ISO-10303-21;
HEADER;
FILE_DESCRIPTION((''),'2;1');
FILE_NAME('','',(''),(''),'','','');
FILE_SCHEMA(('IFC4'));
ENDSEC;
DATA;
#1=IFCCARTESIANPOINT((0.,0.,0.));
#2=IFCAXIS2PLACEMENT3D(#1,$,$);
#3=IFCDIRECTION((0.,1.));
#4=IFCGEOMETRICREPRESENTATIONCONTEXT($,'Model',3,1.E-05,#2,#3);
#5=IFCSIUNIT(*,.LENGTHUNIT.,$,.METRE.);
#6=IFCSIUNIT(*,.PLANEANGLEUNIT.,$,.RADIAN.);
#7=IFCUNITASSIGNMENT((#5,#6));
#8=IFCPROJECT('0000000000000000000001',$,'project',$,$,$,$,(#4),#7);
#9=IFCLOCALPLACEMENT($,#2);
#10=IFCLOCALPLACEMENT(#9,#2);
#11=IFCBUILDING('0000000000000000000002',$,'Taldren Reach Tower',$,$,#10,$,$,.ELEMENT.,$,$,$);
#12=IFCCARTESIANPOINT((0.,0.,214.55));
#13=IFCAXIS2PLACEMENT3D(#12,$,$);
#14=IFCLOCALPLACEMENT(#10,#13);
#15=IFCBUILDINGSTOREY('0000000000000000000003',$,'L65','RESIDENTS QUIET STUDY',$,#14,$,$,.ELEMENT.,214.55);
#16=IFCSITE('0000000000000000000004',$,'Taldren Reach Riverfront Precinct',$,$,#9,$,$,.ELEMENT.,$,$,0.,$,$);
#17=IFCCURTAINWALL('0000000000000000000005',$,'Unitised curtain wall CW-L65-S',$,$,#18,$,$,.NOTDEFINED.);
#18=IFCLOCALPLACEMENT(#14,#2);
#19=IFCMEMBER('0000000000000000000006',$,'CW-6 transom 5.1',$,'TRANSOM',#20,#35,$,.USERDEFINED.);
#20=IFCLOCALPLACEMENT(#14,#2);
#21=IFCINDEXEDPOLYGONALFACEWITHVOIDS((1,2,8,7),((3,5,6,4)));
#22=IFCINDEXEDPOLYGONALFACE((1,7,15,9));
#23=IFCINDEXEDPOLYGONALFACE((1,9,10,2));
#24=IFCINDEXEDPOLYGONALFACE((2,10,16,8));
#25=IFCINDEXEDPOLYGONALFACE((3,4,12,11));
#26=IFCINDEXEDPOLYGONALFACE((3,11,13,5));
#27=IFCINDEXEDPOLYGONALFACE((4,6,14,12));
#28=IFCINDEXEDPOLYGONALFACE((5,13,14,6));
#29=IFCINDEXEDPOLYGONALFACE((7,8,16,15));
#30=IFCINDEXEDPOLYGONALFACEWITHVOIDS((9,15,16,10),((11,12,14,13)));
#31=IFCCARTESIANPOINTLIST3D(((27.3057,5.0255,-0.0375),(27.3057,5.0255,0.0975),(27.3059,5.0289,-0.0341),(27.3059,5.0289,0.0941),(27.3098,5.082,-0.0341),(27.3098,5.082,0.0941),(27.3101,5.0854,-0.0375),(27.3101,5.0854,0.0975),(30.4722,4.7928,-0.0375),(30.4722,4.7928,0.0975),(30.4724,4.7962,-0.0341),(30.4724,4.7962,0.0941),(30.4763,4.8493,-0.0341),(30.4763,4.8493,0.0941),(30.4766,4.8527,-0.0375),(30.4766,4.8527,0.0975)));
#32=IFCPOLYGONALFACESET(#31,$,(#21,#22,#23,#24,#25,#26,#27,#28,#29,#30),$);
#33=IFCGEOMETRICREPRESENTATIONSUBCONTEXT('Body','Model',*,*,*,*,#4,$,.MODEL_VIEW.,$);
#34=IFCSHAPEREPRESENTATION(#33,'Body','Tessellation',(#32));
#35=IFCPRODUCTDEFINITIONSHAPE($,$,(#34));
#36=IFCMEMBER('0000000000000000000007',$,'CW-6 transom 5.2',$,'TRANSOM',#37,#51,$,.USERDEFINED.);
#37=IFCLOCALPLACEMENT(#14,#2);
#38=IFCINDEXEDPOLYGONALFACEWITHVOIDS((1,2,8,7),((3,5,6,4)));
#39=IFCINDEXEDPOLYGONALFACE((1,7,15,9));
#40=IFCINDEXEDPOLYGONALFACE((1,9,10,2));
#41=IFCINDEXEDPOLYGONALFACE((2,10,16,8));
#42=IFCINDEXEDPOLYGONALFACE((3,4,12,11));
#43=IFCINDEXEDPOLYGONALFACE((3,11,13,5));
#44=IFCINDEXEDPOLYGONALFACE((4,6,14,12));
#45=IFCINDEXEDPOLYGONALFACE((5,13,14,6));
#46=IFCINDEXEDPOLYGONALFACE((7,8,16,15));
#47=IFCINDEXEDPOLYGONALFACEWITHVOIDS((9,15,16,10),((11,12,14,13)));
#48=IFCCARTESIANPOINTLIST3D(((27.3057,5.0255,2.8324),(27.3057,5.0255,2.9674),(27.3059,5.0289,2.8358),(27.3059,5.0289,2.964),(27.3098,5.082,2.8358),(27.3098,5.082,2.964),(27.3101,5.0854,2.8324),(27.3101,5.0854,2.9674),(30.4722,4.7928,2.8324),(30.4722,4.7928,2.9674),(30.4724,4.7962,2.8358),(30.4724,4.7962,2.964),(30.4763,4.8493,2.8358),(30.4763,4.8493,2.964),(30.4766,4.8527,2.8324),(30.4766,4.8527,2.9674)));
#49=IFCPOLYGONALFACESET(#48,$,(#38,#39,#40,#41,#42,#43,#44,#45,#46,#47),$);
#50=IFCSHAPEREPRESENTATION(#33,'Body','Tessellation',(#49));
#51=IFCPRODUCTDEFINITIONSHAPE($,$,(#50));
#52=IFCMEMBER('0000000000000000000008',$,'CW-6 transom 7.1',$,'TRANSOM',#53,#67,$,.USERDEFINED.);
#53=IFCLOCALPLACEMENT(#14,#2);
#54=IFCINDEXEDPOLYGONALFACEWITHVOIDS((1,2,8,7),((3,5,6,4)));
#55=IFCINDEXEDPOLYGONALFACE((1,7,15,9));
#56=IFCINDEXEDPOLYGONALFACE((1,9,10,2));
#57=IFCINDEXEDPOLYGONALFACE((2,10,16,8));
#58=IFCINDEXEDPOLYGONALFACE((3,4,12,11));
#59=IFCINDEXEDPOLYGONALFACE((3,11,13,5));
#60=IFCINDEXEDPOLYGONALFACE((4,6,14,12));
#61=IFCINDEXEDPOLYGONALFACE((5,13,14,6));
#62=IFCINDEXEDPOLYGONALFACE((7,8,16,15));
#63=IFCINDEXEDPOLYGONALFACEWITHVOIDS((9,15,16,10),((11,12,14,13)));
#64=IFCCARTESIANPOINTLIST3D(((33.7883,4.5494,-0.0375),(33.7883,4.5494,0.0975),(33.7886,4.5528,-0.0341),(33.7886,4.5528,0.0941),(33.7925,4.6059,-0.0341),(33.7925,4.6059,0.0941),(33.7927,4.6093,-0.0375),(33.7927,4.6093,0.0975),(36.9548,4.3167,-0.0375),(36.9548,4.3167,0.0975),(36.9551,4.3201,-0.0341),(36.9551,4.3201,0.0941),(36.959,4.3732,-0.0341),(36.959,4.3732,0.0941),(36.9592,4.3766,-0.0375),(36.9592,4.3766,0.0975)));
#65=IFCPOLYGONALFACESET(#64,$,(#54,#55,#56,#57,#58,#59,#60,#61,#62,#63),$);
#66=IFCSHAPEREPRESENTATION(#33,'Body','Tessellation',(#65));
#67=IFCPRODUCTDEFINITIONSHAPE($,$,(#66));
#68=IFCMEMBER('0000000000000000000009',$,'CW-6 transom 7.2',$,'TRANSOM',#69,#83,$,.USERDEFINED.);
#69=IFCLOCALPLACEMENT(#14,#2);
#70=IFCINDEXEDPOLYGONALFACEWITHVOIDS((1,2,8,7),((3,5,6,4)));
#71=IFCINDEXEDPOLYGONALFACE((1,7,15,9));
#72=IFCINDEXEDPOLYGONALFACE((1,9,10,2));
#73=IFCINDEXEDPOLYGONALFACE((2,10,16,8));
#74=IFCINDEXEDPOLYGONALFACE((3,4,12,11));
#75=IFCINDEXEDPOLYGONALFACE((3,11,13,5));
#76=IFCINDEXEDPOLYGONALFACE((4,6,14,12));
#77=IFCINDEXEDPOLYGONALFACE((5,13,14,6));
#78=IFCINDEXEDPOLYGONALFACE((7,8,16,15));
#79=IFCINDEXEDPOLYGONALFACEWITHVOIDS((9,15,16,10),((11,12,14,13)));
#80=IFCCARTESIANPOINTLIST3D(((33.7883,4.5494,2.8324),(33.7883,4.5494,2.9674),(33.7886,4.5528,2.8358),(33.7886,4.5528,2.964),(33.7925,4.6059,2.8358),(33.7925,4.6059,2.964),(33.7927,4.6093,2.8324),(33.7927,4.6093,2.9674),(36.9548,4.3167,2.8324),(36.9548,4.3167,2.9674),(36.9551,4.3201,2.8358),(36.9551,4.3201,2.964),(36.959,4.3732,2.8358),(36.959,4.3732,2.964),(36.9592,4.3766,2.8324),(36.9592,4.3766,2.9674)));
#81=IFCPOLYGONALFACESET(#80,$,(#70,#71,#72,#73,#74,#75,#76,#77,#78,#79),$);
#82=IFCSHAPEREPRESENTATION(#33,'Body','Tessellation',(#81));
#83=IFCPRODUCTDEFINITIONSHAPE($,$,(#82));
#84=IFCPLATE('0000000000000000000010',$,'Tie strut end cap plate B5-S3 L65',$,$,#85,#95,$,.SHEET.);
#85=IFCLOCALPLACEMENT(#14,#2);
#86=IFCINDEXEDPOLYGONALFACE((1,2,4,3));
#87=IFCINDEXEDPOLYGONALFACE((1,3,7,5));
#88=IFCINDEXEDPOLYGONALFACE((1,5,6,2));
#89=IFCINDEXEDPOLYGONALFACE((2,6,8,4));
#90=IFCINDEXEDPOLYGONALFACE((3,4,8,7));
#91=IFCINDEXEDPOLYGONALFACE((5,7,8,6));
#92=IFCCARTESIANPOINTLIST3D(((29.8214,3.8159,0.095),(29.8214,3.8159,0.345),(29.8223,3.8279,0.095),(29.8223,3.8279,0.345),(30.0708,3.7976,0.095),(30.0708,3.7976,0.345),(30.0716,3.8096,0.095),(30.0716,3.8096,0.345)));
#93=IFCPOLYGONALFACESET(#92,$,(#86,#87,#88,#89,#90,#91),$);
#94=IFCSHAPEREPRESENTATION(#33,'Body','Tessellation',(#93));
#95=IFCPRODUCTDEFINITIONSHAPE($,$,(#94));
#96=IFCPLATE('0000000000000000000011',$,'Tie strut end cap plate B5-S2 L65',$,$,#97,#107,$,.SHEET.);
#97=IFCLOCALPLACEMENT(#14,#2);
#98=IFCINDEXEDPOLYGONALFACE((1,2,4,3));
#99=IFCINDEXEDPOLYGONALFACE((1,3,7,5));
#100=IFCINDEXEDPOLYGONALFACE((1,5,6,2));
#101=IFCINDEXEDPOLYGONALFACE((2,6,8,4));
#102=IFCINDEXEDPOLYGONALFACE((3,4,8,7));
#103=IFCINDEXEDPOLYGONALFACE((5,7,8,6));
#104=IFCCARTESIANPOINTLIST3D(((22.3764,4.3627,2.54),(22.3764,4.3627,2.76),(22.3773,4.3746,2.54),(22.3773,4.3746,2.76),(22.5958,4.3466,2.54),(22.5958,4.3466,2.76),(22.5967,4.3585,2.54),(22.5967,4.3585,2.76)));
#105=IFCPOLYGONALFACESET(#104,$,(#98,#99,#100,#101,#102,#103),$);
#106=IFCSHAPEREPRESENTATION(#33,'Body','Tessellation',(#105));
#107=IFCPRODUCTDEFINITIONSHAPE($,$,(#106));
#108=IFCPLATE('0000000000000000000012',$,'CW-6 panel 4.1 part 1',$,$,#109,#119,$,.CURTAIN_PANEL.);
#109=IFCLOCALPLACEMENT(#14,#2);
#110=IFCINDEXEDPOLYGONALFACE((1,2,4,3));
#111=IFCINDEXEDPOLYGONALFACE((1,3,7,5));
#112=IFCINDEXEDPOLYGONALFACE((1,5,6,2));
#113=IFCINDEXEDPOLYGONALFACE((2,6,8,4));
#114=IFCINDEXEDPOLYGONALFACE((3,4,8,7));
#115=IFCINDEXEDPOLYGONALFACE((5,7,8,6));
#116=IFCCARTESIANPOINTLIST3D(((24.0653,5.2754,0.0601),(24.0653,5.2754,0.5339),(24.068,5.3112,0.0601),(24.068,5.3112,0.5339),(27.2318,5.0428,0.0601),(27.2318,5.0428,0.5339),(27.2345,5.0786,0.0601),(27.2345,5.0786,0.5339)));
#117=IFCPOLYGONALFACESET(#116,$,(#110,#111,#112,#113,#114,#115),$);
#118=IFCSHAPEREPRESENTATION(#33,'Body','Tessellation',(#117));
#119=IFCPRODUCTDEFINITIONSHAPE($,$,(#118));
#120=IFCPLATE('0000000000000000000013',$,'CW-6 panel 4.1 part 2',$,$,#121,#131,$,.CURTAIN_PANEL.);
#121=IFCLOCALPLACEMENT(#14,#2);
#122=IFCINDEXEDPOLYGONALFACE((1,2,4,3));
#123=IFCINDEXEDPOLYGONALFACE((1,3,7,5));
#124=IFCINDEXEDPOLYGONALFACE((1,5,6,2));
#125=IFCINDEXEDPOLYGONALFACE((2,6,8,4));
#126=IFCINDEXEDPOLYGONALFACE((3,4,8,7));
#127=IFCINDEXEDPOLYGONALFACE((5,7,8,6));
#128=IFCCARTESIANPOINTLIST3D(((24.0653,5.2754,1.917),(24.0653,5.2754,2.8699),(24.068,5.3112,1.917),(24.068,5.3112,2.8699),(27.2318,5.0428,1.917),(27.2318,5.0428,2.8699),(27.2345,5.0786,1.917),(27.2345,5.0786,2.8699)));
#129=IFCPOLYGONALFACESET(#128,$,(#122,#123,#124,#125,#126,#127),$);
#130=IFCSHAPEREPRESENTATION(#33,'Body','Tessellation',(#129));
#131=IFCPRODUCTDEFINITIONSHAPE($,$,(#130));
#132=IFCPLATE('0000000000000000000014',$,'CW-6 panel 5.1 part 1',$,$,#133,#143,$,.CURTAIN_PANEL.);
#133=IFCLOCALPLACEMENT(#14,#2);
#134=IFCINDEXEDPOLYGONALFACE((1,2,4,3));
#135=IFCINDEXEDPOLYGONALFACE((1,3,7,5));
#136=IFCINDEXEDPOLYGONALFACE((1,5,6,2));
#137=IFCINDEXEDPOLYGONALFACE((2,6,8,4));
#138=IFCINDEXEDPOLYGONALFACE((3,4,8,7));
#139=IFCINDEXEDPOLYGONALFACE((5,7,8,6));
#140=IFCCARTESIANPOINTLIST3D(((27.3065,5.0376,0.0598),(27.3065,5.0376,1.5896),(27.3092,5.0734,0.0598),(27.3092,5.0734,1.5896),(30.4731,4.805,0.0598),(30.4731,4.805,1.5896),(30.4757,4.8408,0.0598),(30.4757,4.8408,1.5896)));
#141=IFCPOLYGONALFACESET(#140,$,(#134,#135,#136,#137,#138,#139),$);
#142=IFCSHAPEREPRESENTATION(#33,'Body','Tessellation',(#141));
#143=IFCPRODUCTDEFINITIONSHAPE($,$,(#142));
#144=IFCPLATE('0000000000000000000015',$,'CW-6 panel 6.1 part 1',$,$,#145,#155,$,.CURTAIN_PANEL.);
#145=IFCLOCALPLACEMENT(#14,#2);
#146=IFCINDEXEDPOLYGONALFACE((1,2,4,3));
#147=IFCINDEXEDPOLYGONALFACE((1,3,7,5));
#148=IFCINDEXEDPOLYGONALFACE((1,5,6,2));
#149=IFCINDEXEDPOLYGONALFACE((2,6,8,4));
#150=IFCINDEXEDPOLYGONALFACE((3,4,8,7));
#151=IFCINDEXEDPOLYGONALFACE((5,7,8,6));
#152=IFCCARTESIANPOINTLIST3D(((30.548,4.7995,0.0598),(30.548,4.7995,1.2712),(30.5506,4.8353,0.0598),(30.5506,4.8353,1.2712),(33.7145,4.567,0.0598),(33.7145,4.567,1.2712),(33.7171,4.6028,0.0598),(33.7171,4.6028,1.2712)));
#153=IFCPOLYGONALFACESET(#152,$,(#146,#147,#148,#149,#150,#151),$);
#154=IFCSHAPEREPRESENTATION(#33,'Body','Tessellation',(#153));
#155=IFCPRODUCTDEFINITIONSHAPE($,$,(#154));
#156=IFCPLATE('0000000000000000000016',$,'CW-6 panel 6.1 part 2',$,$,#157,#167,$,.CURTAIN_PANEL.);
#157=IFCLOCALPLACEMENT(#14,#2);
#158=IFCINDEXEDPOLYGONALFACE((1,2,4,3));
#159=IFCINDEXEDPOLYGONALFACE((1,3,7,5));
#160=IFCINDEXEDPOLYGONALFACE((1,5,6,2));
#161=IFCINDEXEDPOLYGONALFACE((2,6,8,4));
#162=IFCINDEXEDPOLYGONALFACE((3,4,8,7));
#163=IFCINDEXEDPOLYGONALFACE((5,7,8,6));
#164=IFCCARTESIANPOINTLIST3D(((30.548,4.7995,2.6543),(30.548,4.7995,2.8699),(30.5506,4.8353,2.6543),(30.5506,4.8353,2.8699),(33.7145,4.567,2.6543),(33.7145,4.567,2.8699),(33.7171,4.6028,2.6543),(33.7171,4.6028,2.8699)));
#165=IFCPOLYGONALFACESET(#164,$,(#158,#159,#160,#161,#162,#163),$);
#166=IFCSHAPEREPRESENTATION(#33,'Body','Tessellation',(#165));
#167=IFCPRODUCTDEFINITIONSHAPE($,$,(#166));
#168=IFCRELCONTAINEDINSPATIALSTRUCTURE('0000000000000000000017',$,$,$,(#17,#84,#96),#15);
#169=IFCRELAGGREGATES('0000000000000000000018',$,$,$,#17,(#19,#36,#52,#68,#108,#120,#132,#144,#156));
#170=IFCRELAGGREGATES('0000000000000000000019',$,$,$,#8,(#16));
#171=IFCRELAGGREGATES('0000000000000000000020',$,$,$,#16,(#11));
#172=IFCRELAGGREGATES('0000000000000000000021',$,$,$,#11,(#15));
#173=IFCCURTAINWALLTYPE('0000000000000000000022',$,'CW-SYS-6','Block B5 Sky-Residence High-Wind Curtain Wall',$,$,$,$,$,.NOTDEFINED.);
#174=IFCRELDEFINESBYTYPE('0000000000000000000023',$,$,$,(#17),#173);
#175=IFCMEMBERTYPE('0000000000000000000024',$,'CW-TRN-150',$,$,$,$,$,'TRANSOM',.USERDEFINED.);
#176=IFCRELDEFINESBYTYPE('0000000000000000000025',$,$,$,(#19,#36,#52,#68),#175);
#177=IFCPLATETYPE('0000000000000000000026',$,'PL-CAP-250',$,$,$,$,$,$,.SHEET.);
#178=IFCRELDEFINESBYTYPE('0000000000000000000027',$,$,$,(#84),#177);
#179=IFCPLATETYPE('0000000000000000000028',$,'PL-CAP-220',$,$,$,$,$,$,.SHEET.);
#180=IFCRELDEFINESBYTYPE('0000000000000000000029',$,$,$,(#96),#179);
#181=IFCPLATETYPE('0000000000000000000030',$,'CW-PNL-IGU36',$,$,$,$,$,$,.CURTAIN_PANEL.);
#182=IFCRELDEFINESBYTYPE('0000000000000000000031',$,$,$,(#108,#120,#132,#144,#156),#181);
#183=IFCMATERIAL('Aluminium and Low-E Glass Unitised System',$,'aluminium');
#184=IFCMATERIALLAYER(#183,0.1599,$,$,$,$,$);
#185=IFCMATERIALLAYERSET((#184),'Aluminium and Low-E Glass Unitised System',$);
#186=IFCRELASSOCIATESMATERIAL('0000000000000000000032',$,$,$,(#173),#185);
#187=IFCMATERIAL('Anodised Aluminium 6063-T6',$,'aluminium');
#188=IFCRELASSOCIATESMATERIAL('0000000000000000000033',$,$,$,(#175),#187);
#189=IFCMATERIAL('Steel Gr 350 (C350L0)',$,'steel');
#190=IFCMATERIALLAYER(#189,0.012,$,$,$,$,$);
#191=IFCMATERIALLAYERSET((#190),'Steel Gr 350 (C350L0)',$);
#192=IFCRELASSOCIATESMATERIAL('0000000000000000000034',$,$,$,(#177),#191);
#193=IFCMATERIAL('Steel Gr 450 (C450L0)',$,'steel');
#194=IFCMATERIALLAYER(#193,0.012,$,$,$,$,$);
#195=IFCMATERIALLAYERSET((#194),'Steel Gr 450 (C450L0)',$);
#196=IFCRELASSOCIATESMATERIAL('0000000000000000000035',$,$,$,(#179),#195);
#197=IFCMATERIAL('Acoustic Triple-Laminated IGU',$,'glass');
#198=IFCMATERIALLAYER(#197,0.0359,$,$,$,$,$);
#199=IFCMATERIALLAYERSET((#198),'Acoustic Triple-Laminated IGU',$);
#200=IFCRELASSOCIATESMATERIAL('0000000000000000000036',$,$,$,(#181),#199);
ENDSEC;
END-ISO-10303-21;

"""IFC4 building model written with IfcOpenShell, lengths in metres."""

from ifc_helpers import new_model, si_unit, direction, frame, origin, origin_2d, place, context, subcontext, project, spatial, rectangle, hollow_rectangle, extrude, source, transform, mapped, material, layer, layer_set, material_profile, profile_set, type_object, element, aggregate, save


model = new_model("IFC4")

# Units and contexts
model_context = context("Model", 3, precision=1e-05, world=origin(), true_north=direction((0.0, 1.0)))
body_context = subcontext(model_context, "Body", "Model", "MODEL_VIEW")
ifc_project = project(units=[si_unit("LENGTHUNIT", "METRE"), si_unit("PLANEANGLEUNIT", "RADIAN")], contexts=[model_context])

# Site, building, storey
site_placement = place(None, origin())
site = spatial("IfcSite", under=ifc_project, at=site_placement, Name="Taldren Reach Riverfront Precinct", CompositionType="ELEMENT", RefElevation=0.0)
building_placement = place(site_placement, origin())
building = spatial("IfcBuilding", under=site, at=building_placement, Name="Taldren Reach Tower", CompositionType="ELEMENT")
storey_placement = place(building_placement, frame((0.0, 0.0, 214.55)))
storey = spatial("IfcBuildingStorey", under=building, at=storey_placement, Name="L65", Description="RESIDENTS QUIET STUDY", CompositionType="ELEMENT", Elevation=214.55)

# Shared definitions
ifc_material_1 = material(Name="Steel Gr 350 (C350L0)", Category="steel")
ifc_material_2 = material(Name="Steel Gr 450 (C450L0)", Category="steel")

# Curtain wall, members
ifc_material_3 = material(Name="Aluminium and Low-E Glass Unitised System", Category="aluminium")
ifc_layer_1 = layer(ifc_material_3, 0.1599)
ifc_layer_set_1 = layer_set([ifc_layer_1], Name="Aluminium and Low-E Glass Unitised System")
curtain_wall_type = type_object("IfcCurtainWallType", Name="CW-SYS-6", Description="Block B5 Sky-Residence High-Wind Curtain Wall", PredefinedType="NOTDEFINED", material=ifc_layer_set_1)
curtain_wall_placement = place(storey_placement, origin())
curtain_wall = element("IfcCurtainWall", 1, at=curtain_wall_placement, inside=storey, type_object=curtain_wall_type, Name="Unitised curtain wall CW-L65-S", PredefinedType="NOTDEFINED")
ifc_material_4 = material(Name="Anodised Aluminium 6063-T6", Category="aluminium")
ifc_material_profile_1 = material_profile(ifc_material_4, hollow_rectangle(XDim=0.0601, YDim=0.135, WallThickness=0.0034, at=origin_2d()), Name="ALU-135x60x3.5RHS")
ifc_profile_set_1 = profile_set([ifc_material_profile_1], Name="Anodised Aluminium 6063-T6")
member_type_1 = type_object("IfcMemberType", Name="CW-TRN-150", ElementType="TRANSOM", PredefinedType="USERDEFINED", material=ifc_profile_set_1)
shared_shape_1 = source(origin(), body_context, "Body", "SweptSolid", [
    extrude(hollow_rectangle(XDim=0.0601, YDim=0.135, WallThickness=0.0034, at=origin_2d()), origin(), (0.0, 0.0, 1.0), 3.175),
])
member_1_placement = place(storey_placement, frame((27.3079, 5.0554, 0.03), z_axis=(0.997311, -0.07328, 0.0), x_axis=(0.07328, 0.997311, 0.0)))
member_1 = element("IfcMember", 2, at=member_1_placement, type_object=member_type_1, Name="CW-6 transom 5.1", ObjectType="TRANSOM", PredefinedType="USERDEFINED", context=body_context, shape_type="MappedRepresentation", body=[
    mapped(shared_shape_1, transform((0.0, 0.0, 0.0), scale=1.0)),
])
member_2_placement = place(storey_placement, frame((27.3079, 5.0554, 2.8999), z_axis=(0.997311, -0.07328, 0.0), x_axis=(0.07328, 0.997311, 0.0)))
member_2 = element("IfcMember", 3, at=member_2_placement, type_object=member_type_1, Name="CW-6 transom 5.2", ObjectType="TRANSOM", PredefinedType="USERDEFINED", context=body_context, shape_type="MappedRepresentation", body=[
    mapped(shared_shape_1, transform((0.0, 0.0, 0.0), scale=1.0)),
])
member_3_placement = place(storey_placement, frame((33.7905, 4.5793, 0.03), z_axis=(0.997311, -0.07328, 0.0), x_axis=(0.07328, 0.997311, 0.0)))
member_3 = element("IfcMember", 4, at=member_3_placement, type_object=member_type_1, Name="CW-6 transom 7.1", ObjectType="TRANSOM", PredefinedType="USERDEFINED", context=body_context, shape_type="MappedRepresentation", body=[
    mapped(shared_shape_1, transform((0.0, 0.0, 0.0), scale=1.0)),
])
member_4_placement = place(storey_placement, frame((33.7905, 4.5793, 2.8999), z_axis=(0.997311, -0.07328, 0.0), x_axis=(0.07328, 0.997311, 0.0)))
member_4 = element("IfcMember", 5, at=member_4_placement, type_object=member_type_1, Name="CW-6 transom 7.2", ObjectType="TRANSOM", PredefinedType="USERDEFINED", context=body_context, shape_type="MappedRepresentation", body=[
    mapped(shared_shape_1, transform((0.0, 0.0, 0.0), scale=1.0)),
])

# Plates
ifc_layer_2 = layer(ifc_material_1, 0.012)
ifc_layer_set_2 = layer_set([ifc_layer_2], Name="Steel Gr 350 (C350L0)")
plate_type_1 = type_object("IfcPlateType", Name="PL-CAP-250", PredefinedType="SHEET", material=ifc_layer_set_2)
shared_shape_2 = source(origin(), body_context, "Body", "SweptSolid", [
    extrude(rectangle(XDim=0.25, YDim=0.012, at=origin_2d()), origin(), (0.0, 0.0, 1.0), 0.25),
])
plate_1_placement = place(storey_placement, frame((29.9465, 3.8127, 0.095), z_axis=(0.0, 0.0, 1.0), x_axis=(0.997314, -0.073238, 0.0)))
element("IfcPlate", 6, at=plate_1_placement, inside=storey, type_object=plate_type_1, Name="Tie strut end cap plate B5-S3 L65", PredefinedType="SHEET", context=body_context, shape_type="MappedRepresentation", body=[
    mapped(shared_shape_2, transform((0.0, 0.0, 0.0), scale=1.0)),
])
ifc_layer_3 = layer(ifc_material_2, 0.012)
ifc_layer_set_3 = layer_set([ifc_layer_3], Name="Steel Gr 450 (C450L0)")
plate_type_2 = type_object("IfcPlateType", Name="PL-CAP-220", PredefinedType="SHEET", material=ifc_layer_set_3)
shared_shape_3 = source(origin(), body_context, "Body", "SweptSolid", [
    extrude(rectangle(XDim=0.22, YDim=0.012, at=origin_2d()), origin(), (0.0, 0.0, 1.0), 0.22),
])
plate_2_placement = place(storey_placement, frame((22.4866, 4.3606, 2.54), z_axis=(0.0, 0.0, 1.0), x_axis=(0.997314, -0.073238, 0.0)))
element("IfcPlate", 7, at=plate_2_placement, inside=storey, type_object=plate_type_2, Name="Tie strut end cap plate B5-S2 L65", PredefinedType="SHEET", context=body_context, shape_type="MappedRepresentation", body=[
    mapped(shared_shape_3, transform((0.0, 0.0, 0.0), scale=1.0)),
])

# Plates
ifc_material_5 = material(Name="Acoustic Triple-Laminated IGU", Category="glass")
ifc_layer_4 = layer(ifc_material_5, 0.0359)
ifc_layer_set_4 = layer_set([ifc_layer_4], Name="Acoustic Triple-Laminated IGU")
plate_type_3 = type_object("IfcPlateType", Name="CW-PNL-IGU36", PredefinedType="CURTAIN_PANEL", material=ifc_layer_set_4)
shared_shape_4 = source(origin(), body_context, "Body", "SweptSolid", [
    extrude(rectangle(XDim=3.175, YDim=0.0359, at=origin_2d()), origin(), (0.0, 0.0, 1.0), 0.4739),
])
plate_3_placement = place(storey_placement, frame((25.6499, 5.177, 0.0601), z_axis=(0.0, 0.0, 1.0), x_axis=(0.997314, -0.073238, 0.0)))
plate_3 = element("IfcPlate", 8, at=plate_3_placement, type_object=plate_type_3, Name="CW-6 panel 4.1 part 1", PredefinedType="CURTAIN_PANEL", context=body_context, shape_type="MappedRepresentation", body=[
    mapped(shared_shape_4, transform((0.0, 0.0, 0.0), scale=1.0)),
])
shared_shape_5 = source(origin(), body_context, "Body", "SweptSolid", [
    extrude(rectangle(XDim=3.175, YDim=0.0359, at=origin_2d()), origin(), (0.0, 0.0, 1.0), 0.9529),
])
plate_4_placement = place(storey_placement, frame((25.6499, 5.177, 1.917), z_axis=(0.0, 0.0, 1.0), x_axis=(0.997314, -0.073238, 0.0)))
plate_4 = element("IfcPlate", 9, at=plate_4_placement, type_object=plate_type_3, Name="CW-6 panel 4.1 part 2", PredefinedType="CURTAIN_PANEL", context=body_context, shape_type="MappedRepresentation", body=[
    mapped(shared_shape_5, transform((0.0, 0.0, 0.0), scale=1.0)),
])
shared_shape_6 = source(origin(), body_context, "Body", "SweptSolid", [
    extrude(rectangle(XDim=3.175, YDim=0.0359, at=origin_2d()), origin(), (0.0, 0.0, 1.0), 1.5298),
])
plate_5_placement = place(storey_placement, frame((28.8911, 4.9392, 0.0598), z_axis=(0.0, 0.0, 1.0), x_axis=(0.997314, -0.073238, 0.0)))
plate_5 = element("IfcPlate", 10, at=plate_5_placement, type_object=plate_type_3, Name="CW-6 panel 5.1 part 1", PredefinedType="CURTAIN_PANEL", context=body_context, shape_type="MappedRepresentation", body=[
    mapped(shared_shape_6, transform((0.0, 0.0, 0.0), scale=1.0)),
])
shared_shape_7 = source(origin(), body_context, "Body", "SweptSolid", [
    extrude(rectangle(XDim=3.175, YDim=0.0359, at=origin_2d()), origin(), (0.0, 0.0, 1.0), 1.2114),
])
plate_6_placement = place(storey_placement, frame((32.1326, 4.7012, 0.0598), z_axis=(0.0, 0.0, 1.0), x_axis=(0.997314, -0.073238, 0.0)))
plate_6 = element("IfcPlate", 11, at=plate_6_placement, type_object=plate_type_3, Name="CW-6 panel 6.1 part 1", PredefinedType="CURTAIN_PANEL", context=body_context, shape_type="MappedRepresentation", body=[
    mapped(shared_shape_7, transform((0.0, 0.0, 0.0), scale=1.0)),
])
shared_shape_8 = source(origin(), body_context, "Body", "SweptSolid", [
    extrude(rectangle(XDim=3.175, YDim=0.0359, at=origin_2d()), origin(), (0.0, 0.0, 1.0), 0.2156),
])
plate_7_placement = place(storey_placement, frame((32.1326, 4.7012, 2.6543), z_axis=(0.0, 0.0, 1.0), x_axis=(0.997314, -0.073238, 0.0)))
plate_7 = element("IfcPlate", 12, at=plate_7_placement, type_object=plate_type_3, Name="CW-6 panel 6.1 part 2", PredefinedType="CURTAIN_PANEL", context=body_context, shape_type="MappedRepresentation", body=[
    mapped(shared_shape_8, transform((0.0, 0.0, 0.0), scale=1.0)),
])
aggregate(curtain_wall, [member_1, member_2, member_3, member_4, plate_3, plate_4, plate_5, plate_6, plate_7])

save(model, "model.ifc")
